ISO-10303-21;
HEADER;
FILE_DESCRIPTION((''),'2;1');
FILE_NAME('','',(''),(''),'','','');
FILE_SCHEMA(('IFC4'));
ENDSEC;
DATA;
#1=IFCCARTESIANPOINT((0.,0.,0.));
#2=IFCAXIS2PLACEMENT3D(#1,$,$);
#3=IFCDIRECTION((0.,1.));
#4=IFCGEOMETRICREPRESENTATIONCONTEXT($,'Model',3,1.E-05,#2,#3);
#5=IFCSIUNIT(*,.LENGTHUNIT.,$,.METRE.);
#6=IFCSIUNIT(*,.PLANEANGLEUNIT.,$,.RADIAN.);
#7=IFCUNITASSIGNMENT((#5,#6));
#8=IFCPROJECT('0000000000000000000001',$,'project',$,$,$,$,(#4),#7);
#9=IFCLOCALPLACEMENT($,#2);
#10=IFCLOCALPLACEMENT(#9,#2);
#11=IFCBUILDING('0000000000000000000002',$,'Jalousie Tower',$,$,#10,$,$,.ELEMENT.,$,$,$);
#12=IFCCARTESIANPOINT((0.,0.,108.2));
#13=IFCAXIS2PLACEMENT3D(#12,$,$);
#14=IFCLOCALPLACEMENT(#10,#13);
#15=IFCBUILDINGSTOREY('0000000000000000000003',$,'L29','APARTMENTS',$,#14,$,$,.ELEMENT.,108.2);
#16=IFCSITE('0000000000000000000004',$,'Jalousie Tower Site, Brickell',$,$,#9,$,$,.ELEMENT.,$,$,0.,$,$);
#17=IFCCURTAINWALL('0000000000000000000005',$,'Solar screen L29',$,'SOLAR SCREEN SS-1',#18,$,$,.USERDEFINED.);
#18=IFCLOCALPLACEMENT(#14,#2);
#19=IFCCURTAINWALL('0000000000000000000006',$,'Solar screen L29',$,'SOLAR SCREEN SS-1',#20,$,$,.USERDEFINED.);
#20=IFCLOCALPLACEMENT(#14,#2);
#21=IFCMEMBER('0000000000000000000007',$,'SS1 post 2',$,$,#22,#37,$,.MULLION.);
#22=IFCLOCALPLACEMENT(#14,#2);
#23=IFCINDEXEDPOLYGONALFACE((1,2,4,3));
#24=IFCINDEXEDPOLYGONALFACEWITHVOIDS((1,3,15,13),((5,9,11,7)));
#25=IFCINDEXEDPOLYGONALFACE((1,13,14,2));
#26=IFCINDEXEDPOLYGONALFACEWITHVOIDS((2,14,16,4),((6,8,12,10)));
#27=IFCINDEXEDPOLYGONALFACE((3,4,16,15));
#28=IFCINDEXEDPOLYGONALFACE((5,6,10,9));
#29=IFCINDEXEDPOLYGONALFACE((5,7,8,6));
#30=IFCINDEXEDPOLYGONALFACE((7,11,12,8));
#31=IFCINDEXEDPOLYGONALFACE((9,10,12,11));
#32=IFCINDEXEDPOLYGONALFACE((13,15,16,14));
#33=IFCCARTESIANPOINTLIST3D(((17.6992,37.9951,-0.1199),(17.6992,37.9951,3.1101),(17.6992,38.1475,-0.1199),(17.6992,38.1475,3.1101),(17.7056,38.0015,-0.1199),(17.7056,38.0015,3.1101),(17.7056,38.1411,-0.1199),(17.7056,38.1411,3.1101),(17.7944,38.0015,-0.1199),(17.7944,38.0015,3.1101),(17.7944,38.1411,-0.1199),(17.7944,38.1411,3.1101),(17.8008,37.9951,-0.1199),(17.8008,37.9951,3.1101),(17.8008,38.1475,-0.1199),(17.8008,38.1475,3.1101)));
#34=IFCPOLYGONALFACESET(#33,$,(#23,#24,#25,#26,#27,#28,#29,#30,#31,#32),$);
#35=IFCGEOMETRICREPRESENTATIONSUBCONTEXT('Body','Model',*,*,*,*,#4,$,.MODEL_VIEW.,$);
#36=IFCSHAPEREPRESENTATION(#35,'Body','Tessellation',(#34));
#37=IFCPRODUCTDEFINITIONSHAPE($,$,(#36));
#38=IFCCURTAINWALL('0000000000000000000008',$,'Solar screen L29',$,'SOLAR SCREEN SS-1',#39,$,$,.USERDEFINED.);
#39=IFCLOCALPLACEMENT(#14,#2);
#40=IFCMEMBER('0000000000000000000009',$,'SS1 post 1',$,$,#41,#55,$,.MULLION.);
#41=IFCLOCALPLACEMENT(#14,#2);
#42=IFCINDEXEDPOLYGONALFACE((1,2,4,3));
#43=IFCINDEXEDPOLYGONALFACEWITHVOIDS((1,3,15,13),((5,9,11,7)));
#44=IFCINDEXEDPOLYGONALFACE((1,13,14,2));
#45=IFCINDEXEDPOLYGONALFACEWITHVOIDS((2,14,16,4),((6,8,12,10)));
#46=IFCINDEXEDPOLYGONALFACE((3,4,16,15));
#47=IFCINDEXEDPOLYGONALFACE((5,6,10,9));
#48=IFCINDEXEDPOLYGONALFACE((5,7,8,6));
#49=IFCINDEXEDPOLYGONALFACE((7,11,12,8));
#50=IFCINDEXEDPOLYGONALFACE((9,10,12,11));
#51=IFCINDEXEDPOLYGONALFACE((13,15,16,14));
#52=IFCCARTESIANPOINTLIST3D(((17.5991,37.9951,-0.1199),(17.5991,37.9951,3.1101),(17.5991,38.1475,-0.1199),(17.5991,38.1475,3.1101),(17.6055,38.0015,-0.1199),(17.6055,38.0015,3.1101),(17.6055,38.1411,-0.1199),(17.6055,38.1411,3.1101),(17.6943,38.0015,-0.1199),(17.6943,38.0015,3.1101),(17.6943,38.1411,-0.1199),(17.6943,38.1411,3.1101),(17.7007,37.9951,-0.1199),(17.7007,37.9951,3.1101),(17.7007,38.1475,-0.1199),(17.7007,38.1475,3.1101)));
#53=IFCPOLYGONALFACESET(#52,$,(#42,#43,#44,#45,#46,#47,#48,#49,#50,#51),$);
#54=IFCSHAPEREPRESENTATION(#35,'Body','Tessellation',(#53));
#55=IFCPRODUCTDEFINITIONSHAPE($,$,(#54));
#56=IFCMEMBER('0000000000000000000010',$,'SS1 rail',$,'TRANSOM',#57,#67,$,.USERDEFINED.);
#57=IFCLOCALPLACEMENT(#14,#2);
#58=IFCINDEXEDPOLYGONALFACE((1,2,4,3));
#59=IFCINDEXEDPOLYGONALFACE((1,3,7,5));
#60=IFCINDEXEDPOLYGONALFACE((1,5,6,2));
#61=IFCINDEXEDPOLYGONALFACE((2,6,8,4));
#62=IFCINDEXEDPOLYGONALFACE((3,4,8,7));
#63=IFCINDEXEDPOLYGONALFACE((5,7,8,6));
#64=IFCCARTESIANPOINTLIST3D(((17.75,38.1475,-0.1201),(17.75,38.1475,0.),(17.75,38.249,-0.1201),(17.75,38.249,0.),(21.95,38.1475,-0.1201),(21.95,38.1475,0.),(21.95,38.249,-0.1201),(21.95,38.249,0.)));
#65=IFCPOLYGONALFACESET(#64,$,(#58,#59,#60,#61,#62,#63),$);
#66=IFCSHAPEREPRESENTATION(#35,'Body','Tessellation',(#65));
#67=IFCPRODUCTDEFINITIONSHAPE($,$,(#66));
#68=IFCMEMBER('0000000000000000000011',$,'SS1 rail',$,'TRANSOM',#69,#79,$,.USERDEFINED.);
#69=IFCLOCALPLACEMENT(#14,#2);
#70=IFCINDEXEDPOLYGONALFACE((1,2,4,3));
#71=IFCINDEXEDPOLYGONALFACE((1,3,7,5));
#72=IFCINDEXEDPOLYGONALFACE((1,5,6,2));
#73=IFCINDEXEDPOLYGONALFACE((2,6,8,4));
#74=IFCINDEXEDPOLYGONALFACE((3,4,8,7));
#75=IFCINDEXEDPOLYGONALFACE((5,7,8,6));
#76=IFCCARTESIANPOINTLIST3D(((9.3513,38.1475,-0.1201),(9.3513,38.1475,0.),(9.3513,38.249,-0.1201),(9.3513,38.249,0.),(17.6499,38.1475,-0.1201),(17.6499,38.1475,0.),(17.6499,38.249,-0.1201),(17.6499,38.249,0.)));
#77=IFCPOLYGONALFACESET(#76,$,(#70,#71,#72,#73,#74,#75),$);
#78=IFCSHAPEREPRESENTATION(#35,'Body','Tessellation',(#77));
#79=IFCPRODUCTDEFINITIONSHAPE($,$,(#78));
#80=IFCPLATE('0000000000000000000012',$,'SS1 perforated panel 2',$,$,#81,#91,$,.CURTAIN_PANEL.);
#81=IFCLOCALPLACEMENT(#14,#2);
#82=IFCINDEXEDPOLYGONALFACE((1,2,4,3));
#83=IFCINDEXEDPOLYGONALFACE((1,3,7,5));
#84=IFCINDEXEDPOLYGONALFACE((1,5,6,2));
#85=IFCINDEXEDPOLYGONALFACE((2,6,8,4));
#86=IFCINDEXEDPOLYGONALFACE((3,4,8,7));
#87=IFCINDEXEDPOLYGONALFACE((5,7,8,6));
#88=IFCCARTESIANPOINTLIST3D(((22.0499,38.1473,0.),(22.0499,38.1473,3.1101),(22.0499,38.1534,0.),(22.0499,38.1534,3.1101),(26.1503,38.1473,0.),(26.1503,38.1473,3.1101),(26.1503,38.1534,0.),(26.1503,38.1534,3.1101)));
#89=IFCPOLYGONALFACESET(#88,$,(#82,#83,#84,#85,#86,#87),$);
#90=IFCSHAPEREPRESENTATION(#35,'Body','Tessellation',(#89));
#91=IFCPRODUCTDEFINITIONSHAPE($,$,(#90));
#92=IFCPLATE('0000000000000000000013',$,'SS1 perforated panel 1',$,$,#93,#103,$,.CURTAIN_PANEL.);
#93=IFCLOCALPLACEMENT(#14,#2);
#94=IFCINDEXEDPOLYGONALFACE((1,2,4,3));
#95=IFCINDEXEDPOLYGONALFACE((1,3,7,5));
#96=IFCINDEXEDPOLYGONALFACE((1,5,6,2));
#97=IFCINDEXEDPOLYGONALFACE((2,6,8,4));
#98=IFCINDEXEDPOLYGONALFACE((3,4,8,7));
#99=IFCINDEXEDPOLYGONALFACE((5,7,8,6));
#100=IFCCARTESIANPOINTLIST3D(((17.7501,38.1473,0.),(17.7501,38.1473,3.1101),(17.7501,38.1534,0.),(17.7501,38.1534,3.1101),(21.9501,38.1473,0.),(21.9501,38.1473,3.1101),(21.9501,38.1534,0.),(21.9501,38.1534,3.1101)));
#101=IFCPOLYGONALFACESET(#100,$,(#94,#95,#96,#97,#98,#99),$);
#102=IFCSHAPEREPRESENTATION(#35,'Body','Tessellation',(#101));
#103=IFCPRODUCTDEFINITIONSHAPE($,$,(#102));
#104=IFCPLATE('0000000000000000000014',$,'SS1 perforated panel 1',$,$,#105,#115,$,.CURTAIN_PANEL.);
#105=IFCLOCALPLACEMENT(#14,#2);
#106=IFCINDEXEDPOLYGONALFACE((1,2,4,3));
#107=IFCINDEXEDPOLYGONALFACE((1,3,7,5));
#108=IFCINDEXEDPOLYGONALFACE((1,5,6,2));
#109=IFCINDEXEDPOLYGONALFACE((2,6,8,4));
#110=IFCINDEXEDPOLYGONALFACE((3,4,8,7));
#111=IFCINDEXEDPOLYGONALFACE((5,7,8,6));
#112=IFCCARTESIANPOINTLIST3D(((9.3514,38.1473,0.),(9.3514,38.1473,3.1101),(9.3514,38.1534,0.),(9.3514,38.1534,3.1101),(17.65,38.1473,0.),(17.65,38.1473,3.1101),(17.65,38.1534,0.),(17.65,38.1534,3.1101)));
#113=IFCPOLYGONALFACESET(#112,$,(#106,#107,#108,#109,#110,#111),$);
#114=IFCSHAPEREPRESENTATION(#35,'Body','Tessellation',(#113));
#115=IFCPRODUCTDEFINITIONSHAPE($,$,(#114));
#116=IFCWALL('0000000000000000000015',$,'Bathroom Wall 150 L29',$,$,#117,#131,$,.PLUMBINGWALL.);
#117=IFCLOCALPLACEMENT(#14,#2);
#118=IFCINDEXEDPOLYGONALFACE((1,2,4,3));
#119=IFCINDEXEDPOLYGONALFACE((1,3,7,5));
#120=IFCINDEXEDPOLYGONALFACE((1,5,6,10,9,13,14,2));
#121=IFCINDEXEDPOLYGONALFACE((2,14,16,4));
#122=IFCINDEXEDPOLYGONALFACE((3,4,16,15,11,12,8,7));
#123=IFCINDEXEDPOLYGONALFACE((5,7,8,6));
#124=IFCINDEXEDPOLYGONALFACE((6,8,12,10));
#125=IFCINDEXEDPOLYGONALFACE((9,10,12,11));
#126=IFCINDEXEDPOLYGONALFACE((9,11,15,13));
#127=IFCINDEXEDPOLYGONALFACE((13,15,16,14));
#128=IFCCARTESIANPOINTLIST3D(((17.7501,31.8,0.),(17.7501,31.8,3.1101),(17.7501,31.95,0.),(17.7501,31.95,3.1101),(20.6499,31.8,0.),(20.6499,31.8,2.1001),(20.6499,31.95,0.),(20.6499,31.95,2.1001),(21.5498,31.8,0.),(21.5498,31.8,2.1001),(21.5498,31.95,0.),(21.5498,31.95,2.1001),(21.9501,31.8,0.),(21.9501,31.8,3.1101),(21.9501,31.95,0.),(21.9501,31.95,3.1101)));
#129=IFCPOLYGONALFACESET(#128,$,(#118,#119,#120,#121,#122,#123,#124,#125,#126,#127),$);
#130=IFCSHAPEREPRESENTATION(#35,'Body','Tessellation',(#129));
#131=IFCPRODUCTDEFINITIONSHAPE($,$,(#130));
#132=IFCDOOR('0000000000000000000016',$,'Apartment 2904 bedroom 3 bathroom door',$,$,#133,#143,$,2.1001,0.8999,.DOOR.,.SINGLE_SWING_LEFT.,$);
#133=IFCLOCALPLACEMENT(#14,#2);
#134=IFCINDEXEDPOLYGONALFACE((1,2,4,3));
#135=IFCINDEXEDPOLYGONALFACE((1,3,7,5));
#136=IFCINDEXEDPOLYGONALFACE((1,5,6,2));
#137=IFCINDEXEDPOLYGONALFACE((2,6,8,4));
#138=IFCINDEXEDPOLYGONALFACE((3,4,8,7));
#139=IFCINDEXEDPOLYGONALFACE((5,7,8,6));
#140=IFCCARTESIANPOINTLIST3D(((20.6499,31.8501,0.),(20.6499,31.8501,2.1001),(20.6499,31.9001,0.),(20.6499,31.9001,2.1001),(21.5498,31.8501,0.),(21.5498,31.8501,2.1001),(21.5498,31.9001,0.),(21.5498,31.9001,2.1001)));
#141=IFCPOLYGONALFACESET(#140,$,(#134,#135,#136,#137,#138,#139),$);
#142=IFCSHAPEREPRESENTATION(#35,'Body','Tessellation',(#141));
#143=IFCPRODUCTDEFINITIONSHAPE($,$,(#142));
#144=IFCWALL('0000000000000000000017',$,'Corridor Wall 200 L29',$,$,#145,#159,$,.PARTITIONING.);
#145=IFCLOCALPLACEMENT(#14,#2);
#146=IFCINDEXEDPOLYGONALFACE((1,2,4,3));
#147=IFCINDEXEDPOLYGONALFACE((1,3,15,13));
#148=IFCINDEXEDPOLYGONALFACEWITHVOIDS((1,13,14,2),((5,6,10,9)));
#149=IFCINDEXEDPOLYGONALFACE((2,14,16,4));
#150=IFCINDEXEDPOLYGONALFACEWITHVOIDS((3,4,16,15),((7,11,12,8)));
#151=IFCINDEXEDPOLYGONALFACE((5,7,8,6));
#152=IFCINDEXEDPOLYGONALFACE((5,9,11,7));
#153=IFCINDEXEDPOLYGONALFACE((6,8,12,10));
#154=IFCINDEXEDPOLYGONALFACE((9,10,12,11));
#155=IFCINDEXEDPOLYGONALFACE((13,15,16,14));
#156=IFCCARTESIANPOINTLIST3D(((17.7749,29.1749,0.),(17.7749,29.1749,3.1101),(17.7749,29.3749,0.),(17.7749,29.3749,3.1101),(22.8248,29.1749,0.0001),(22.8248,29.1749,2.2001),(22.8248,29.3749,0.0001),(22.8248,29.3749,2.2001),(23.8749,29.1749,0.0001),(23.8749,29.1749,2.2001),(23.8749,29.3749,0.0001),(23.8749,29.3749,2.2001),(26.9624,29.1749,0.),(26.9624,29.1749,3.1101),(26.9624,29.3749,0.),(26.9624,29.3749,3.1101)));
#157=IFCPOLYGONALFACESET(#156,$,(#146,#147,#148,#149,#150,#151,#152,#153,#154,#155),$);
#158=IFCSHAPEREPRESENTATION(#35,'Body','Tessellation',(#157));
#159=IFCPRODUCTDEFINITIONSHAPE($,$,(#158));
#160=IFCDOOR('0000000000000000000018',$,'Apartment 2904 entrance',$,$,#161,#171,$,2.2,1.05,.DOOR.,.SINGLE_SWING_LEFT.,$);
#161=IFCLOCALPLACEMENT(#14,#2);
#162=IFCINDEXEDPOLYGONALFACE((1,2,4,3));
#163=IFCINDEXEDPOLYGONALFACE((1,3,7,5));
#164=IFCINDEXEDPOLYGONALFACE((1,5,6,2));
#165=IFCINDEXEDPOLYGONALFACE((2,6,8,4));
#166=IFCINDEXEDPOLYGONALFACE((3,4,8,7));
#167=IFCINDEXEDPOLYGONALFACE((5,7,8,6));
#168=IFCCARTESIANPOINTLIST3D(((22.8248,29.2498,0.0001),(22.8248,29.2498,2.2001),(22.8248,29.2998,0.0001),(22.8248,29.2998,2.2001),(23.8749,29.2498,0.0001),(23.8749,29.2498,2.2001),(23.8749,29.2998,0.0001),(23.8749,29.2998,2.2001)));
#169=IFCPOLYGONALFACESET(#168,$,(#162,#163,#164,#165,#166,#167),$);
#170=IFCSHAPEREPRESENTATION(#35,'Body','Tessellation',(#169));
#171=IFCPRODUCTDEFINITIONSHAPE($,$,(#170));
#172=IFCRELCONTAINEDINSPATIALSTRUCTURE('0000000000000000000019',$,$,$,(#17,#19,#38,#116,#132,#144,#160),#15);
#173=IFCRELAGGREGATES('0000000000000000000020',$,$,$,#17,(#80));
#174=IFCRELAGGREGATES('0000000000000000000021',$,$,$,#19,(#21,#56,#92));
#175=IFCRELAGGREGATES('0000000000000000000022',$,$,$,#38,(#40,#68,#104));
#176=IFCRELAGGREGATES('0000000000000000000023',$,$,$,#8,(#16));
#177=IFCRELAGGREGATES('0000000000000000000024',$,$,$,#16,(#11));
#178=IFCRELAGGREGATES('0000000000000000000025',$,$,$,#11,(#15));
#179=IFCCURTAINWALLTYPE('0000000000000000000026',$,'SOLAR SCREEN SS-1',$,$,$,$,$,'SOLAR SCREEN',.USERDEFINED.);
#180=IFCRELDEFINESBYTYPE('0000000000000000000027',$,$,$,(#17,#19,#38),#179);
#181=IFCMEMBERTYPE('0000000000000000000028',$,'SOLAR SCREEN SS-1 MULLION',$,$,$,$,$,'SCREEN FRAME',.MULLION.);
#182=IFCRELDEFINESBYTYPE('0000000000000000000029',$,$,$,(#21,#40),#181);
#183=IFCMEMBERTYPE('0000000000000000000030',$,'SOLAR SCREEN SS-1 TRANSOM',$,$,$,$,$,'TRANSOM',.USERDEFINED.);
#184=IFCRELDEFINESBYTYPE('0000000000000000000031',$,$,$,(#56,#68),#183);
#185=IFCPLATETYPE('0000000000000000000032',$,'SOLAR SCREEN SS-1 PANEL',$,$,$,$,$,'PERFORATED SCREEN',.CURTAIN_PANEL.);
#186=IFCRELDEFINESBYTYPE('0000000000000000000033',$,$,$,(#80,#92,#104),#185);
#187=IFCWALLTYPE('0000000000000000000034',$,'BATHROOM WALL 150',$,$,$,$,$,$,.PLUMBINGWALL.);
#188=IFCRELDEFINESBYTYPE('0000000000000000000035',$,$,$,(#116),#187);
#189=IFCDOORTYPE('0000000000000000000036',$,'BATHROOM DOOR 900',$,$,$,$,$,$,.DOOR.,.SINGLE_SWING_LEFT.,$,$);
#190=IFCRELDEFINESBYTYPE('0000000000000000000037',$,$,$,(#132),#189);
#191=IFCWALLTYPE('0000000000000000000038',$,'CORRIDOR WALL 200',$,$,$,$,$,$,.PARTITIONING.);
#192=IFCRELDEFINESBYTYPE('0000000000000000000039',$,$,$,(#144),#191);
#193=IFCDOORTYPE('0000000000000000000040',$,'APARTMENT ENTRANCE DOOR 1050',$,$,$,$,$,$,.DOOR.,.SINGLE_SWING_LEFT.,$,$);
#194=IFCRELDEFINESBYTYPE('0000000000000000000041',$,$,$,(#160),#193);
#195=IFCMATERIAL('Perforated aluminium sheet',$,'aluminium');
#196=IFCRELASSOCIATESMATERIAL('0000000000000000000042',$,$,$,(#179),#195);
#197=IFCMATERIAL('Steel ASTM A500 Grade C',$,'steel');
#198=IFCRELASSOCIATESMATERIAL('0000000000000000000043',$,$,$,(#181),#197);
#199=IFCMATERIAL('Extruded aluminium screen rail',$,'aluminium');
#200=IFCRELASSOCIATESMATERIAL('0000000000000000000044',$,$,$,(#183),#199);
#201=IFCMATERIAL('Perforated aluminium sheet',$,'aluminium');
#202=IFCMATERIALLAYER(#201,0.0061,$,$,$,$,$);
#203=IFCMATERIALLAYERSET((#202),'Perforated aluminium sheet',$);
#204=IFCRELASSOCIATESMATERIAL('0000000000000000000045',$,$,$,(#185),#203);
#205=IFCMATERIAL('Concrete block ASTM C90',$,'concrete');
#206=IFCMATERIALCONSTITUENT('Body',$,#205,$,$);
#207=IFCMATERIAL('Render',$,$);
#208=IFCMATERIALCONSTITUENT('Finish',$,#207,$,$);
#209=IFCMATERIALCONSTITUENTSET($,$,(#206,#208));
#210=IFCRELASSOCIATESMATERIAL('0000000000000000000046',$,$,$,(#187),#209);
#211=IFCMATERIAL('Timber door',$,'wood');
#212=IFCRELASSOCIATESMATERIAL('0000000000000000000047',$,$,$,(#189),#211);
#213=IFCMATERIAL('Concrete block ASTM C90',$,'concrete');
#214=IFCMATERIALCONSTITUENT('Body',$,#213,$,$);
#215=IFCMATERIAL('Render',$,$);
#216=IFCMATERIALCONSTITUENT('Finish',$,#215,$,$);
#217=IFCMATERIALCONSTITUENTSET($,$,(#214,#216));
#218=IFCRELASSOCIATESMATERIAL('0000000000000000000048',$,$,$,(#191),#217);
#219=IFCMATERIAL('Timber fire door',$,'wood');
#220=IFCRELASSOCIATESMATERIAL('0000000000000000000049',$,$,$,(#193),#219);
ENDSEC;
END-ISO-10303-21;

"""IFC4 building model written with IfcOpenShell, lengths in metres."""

from ifc_helpers import new_model, si_unit, direction, frame, frame_2d, origin, origin_2d, place, context, subcontext, project, spatial, rectangle, hollow_rectangle, extrude, material, layer, layer_set, constituent, constituent_set, material_profile, profile_set, type_object, element, fill, aggregate, save


model = new_model("IFC4")

# Units and contexts
model_context = context("Model", 3, precision=1e-05, world=origin(), true_north=direction((0.0, 1.0)))
body_context = subcontext(model_context, "Body", "Model", "MODEL_VIEW")
ifc_project = project(units=[si_unit("LENGTHUNIT", "METRE"), si_unit("PLANEANGLEUNIT", "RADIAN")], contexts=[model_context])

# Site, building, storey
site_placement = place(None, origin())
site = spatial("IfcSite", under=ifc_project, at=site_placement, Name="Jalousie Tower Site, Brickell", CompositionType="ELEMENT", RefElevation=0.0)
building_placement = place(site_placement, origin())
building = spatial("IfcBuilding", under=site, at=building_placement, Name="Jalousie Tower", CompositionType="ELEMENT")
storey_placement = place(building_placement, frame((0.0, 0.0, 108.2)))
storey = spatial("IfcBuildingStorey", under=building, at=storey_placement, Name="L29", Description="APARTMENTS", CompositionType="ELEMENT", Elevation=108.2)

# Curtain walls, member
ifc_material_1 = material(Name="Perforated aluminium sheet", Category="aluminium")
curtain_wall_type = type_object("IfcCurtainWallType", Name="SOLAR SCREEN SS-1", ElementType="SOLAR SCREEN", PredefinedType="USERDEFINED", material=ifc_material_1)
curtain_wall_1_placement = place(storey_placement, origin())
curtain_wall_1 = element("IfcCurtainWall", 1, at=curtain_wall_1_placement, inside=storey, type_object=curtain_wall_type, Name="Solar screen L29", ObjectType="SOLAR SCREEN SS-1", PredefinedType="USERDEFINED")
ifc_material_2 = material(Name="Steel ASTM A500 Grade C", Category="steel")
ifc_material_profile_1 = material_profile(ifc_material_2, hollow_rectangle(XDim=0.1016, YDim=0.1523, WallThickness=0.0063, at=origin_2d()), Name="HSS6X4X1/4")
ifc_profile_set_1 = profile_set([ifc_material_profile_1], Name="Steel ASTM A500 Grade C")
member_type_1 = type_object("IfcMemberType", Name="SOLAR SCREEN SS-1 MULLION", ElementType="SCREEN FRAME", PredefinedType="MULLION", material=ifc_profile_set_1)
curtain_wall_2_placement = place(storey_placement, origin())
curtain_wall_2 = element("IfcCurtainWall", 2, at=curtain_wall_2_placement, inside=storey, type_object=curtain_wall_type, Name="Solar screen L29", ObjectType="SOLAR SCREEN SS-1", PredefinedType="USERDEFINED")
member_1_placement = place(storey_placement, frame((17.75, 38.0713, -0.1199), z_axis=(0.0, 0.0, 1.0), x_axis=(-1.0, 0.0, 0.0)))
member_1 = element("IfcMember", 3, at=member_1_placement, type_object=member_type_1, Name="SS1 post 2", PredefinedType="MULLION", context=body_context, shape_type="SweptSolid", body=[
    extrude(hollow_rectangle(XDim=0.1016, YDim=0.1523, WallThickness=0.0063, at=origin_2d()), origin(), (0.0, 0.0, 1.0), 3.23),
])

# Curtain wall, member
curtain_wall_3_placement = place(storey_placement, origin())
curtain_wall_3 = element("IfcCurtainWall", 4, at=curtain_wall_3_placement, inside=storey, type_object=curtain_wall_type, Name="Solar screen L29", ObjectType="SOLAR SCREEN SS-1", PredefinedType="USERDEFINED")
member_2_placement = place(storey_placement, frame((17.6499, 38.0713, -0.1199), z_axis=(0.0, 0.0, 1.0), x_axis=(-1.0, 0.0, 0.0)))
member_2 = element("IfcMember", 5, at=member_2_placement, type_object=member_type_1, Name="SS1 post 1", PredefinedType="MULLION", context=body_context, shape_type="SweptSolid", body=[
    extrude(hollow_rectangle(XDim=0.1016, YDim=0.1523, WallThickness=0.0063, at=origin_2d()), origin(), (0.0, 0.0, 1.0), 3.23),
])

# Members
ifc_material_3 = material(Name="Extruded aluminium screen rail", Category="aluminium")
ifc_material_profile_2 = material_profile(ifc_material_3, rectangle(XDim=0.1016, YDim=0.1201, at=origin_2d()), Name="RAIL 102x120")
ifc_profile_set_2 = profile_set([ifc_material_profile_2], Name="Extruded aluminium screen rail")
member_type_2 = type_object("IfcMemberType", Name="SOLAR SCREEN SS-1 TRANSOM", ElementType="TRANSOM", PredefinedType="USERDEFINED", material=ifc_profile_set_2)
member_3_placement = place(storey_placement, frame((21.95, 38.1982, -0.0601), z_axis=(-1.0, 0.0, 0.0), x_axis=(0.0, -1.0, 0.0)))
member_3 = element("IfcMember", 6, at=member_3_placement, type_object=member_type_2, Name="SS1 rail", ObjectType="TRANSOM", PredefinedType="USERDEFINED", context=body_context, shape_type="SweptSolid", body=[
    extrude(rectangle(XDim=0.1016, YDim=0.1201, at=origin_2d()), origin(), (0.0, 0.0, 1.0), 4.2),
])
member_4_placement = place(storey_placement, frame((17.6499, 38.1982, -0.0601), z_axis=(-1.0, 0.0, 0.0), x_axis=(0.0, -1.0, 0.0)))
member_4 = element("IfcMember", 7, at=member_4_placement, type_object=member_type_2, Name="SS1 rail", ObjectType="TRANSOM", PredefinedType="USERDEFINED", context=body_context, shape_type="SweptSolid", body=[
    extrude(rectangle(XDim=0.1016, YDim=0.1201, at=origin_2d()), origin(), (0.0, 0.0, 1.0), 8.2986),
])

# Plates
ifc_material_4 = material(Name="Perforated aluminium sheet", Category="aluminium")
ifc_layer_1 = layer(ifc_material_4, 0.0061)
ifc_layer_set_1 = layer_set([ifc_layer_1], Name="Perforated aluminium sheet")
plate_type = type_object("IfcPlateType", Name="SOLAR SCREEN SS-1 PANEL", ElementType="PERFORATED SCREEN", PredefinedType="CURTAIN_PANEL", material=ifc_layer_set_1)
plate_1_placement = place(storey_placement, frame((24.1001, 38.1504, 0.0), z_axis=(0.0, 0.0, 1.0), x_axis=(-1.0, 0.0, 0.0)))
plate_1 = element("IfcPlate", 8, at=plate_1_placement, type_object=plate_type, Name="SS1 perforated panel 2", PredefinedType="CURTAIN_PANEL", context=body_context, shape_type="SweptSolid", body=[
    extrude(rectangle(XDim=4.1003, YDim=0.0061, at=origin_2d()), origin(), (0.0, 0.0, 1.0), 3.1101),
])
aggregate(curtain_wall_1, [plate_1])
plate_2_placement = place(storey_placement, frame((19.8501, 38.1504, 0.0), z_axis=(0.0, 0.0, 1.0), x_axis=(-1.0, 0.0, 0.0)))
plate_2 = element("IfcPlate", 9, at=plate_2_placement, type_object=plate_type, Name="SS1 perforated panel 1", PredefinedType="CURTAIN_PANEL", context=body_context, shape_type="SweptSolid", body=[
    extrude(rectangle(XDim=4.2, YDim=0.0061, at=origin_2d()), origin(), (0.0, 0.0, 1.0), 3.1101),
])
aggregate(curtain_wall_2, [member_1, member_3, plate_2])
plate_3_placement = place(storey_placement, frame((13.5007, 38.1504, 0.0), z_axis=(0.0, 0.0, 1.0), x_axis=(-1.0, 0.0, 0.0)))
plate_3 = element("IfcPlate", 10, at=plate_3_placement, type_object=plate_type, Name="SS1 perforated panel 1", PredefinedType="CURTAIN_PANEL", context=body_context, shape_type="SweptSolid", body=[
    extrude(rectangle(XDim=8.2986, YDim=0.0061, at=origin_2d()), origin(), (0.0, 0.0, 1.0), 3.1101),
])
aggregate(curtain_wall_3, [member_2, member_4, plate_3])

# Walls, openings, doors
ifc_material_5 = material(Name="Concrete block ASTM C90", Category="concrete")
ifc_constituent_1 = constituent(ifc_material_5, Name="Body")
ifc_material_6 = material(Name="Render")
ifc_constituent_2 = constituent(ifc_material_6, Name="Finish")
ifc_constituent_set_1 = constituent_set(constituents=[ifc_constituent_1, ifc_constituent_2])
wall_type_1 = type_object("IfcWallType", Name="BATHROOM WALL 150", PredefinedType="PLUMBINGWALL", material=ifc_constituent_set_1)
wall_1_placement = place(storey_placement, frame((17.75, 31.875, 0.0), z_axis=(0.0, 0.0, 1.0), x_axis=(1.0, 0.0, 0.0)))
wall_1 = element("IfcWall", 11, at=wall_1_placement, inside=storey, type_object=wall_type_1, Name="Bathroom Wall 150 L29", PredefinedType="PLUMBINGWALL", context=body_context, shape_type="SweptSolid", body=[
    extrude(rectangle(XDim=4.2, YDim=0.1499, at=frame_2d((2.1001, 0.0))), origin(), (0.0, 0.0, 1.0), 3.1101),
])
opening_1_placement = place(wall_1_placement, frame((2.8999, 0.0, 0.0)))
opening_1 = element("IfcOpeningElement", 12, at=opening_1_placement, cuts=wall_1, PredefinedType="OPENING", context=body_context, shape_type="SweptSolid", body=[
    extrude(rectangle(XDim=0.8999, YDim=2.1001, at=frame_2d((0.45, 1.05))), frame((0.0, 0.085, 0.0), z_axis=(0.0, -1.0, 0.0), x_axis=(1.0, 0.0, 0.0)), (0.0, 0.0, 1.0), 0.1699),
])
ifc_material_7 = material(Name="Timber door", Category="wood")
door_type_1 = type_object("IfcDoorType", Name="BATHROOM DOOR 900", OperationType="SINGLE_SWING_LEFT", PredefinedType="DOOR", material=ifc_material_7)
door_1_placement = place(opening_1_placement, frame((0.8999, 0.0, 0.0), z_axis=(0.0, 0.0, 1.0), x_axis=(-1.0, 0.0, 0.0)))
door_1 = element("IfcDoor", 13, at=door_1_placement, inside=storey, type_object=door_type_1, Name="Apartment 2904 bedroom 3 bathroom door", OperationType="SINGLE_SWING_LEFT", OverallHeight=2.1001, OverallWidth=0.8999, PredefinedType="DOOR", context=body_context, shape_type="SweptSolid", body=[
    extrude(rectangle(XDim=0.8999, YDim=2.1001, at=frame_2d((0.45, 1.05))), frame((0.0, 0.0249, 0.0), z_axis=(0.0, -1.0, 0.0), x_axis=(1.0, 0.0, 0.0)), (0.0, 0.0, 1.0), 0.05),
])
fill(opening_1, door_1)
ifc_material_8 = material(Name="Concrete block ASTM C90", Category="concrete")
ifc_constituent_3 = constituent(ifc_material_8, Name="Body")
ifc_material_9 = material(Name="Render")
ifc_constituent_4 = constituent(ifc_material_9, Name="Finish")
ifc_constituent_set_2 = constituent_set(constituents=[ifc_constituent_3, ifc_constituent_4])
wall_type_2 = type_object("IfcWallType", Name="CORRIDOR WALL 200", PredefinedType="PARTITIONING", material=ifc_constituent_set_2)
wall_2_placement = place(storey_placement, frame((17.7749, 29.2749, 0.0), z_axis=(0.0, 0.0, 1.0), x_axis=(1.0, 0.0, 0.0)))
wall_2 = element("IfcWall", 14, at=wall_2_placement, inside=storey, type_object=wall_type_2, Name="Corridor Wall 200 L29", PredefinedType="PARTITIONING", context=body_context, shape_type="SweptSolid", body=[
    extrude(rectangle(XDim=9.1875, YDim=0.2, at=frame_2d((4.5938, 0.0))), origin(), (0.0, 0.0, 1.0), 3.1101),
])
opening_2_placement = place(wall_2_placement, frame((5.05, 0.0, 0.0)))
opening_2 = element("IfcOpeningElement", 15, at=opening_2_placement, cuts=wall_2, PredefinedType="OPENING", context=body_context, shape_type="SweptSolid", body=[
    extrude(rectangle(XDim=1.05, YDim=2.2, at=frame_2d((0.5249, 1.1001))), frame((0.0, 0.1099, 0.0), z_axis=(0.0, -1.0, 0.0), x_axis=(1.0, 0.0, 0.0)), (0.0, 0.0, 1.0), 0.22),
])
ifc_material_10 = material(Name="Timber fire door", Category="wood")
door_type_2 = type_object("IfcDoorType", Name="APARTMENT ENTRANCE DOOR 1050", OperationType="SINGLE_SWING_LEFT", PredefinedType="DOOR", material=ifc_material_10)
door_2_placement = place(opening_2_placement, origin())
door_2 = element("IfcDoor", 16, at=door_2_placement, inside=storey, type_object=door_type_2, Name="Apartment 2904 entrance", OperationType="SINGLE_SWING_LEFT", OverallHeight=2.2, OverallWidth=1.05, PredefinedType="DOOR", context=body_context, shape_type="SweptSolid", body=[
    extrude(rectangle(XDim=1.05, YDim=2.2, at=frame_2d((0.5249, 1.1001))), frame((0.0, 0.0249, 0.0), z_axis=(0.0, -1.0, 0.0), x_axis=(1.0, 0.0, 0.0)), (0.0, 0.0, 1.0), 0.05),
])
fill(opening_2, door_2)

save(model, "model.ifc")
